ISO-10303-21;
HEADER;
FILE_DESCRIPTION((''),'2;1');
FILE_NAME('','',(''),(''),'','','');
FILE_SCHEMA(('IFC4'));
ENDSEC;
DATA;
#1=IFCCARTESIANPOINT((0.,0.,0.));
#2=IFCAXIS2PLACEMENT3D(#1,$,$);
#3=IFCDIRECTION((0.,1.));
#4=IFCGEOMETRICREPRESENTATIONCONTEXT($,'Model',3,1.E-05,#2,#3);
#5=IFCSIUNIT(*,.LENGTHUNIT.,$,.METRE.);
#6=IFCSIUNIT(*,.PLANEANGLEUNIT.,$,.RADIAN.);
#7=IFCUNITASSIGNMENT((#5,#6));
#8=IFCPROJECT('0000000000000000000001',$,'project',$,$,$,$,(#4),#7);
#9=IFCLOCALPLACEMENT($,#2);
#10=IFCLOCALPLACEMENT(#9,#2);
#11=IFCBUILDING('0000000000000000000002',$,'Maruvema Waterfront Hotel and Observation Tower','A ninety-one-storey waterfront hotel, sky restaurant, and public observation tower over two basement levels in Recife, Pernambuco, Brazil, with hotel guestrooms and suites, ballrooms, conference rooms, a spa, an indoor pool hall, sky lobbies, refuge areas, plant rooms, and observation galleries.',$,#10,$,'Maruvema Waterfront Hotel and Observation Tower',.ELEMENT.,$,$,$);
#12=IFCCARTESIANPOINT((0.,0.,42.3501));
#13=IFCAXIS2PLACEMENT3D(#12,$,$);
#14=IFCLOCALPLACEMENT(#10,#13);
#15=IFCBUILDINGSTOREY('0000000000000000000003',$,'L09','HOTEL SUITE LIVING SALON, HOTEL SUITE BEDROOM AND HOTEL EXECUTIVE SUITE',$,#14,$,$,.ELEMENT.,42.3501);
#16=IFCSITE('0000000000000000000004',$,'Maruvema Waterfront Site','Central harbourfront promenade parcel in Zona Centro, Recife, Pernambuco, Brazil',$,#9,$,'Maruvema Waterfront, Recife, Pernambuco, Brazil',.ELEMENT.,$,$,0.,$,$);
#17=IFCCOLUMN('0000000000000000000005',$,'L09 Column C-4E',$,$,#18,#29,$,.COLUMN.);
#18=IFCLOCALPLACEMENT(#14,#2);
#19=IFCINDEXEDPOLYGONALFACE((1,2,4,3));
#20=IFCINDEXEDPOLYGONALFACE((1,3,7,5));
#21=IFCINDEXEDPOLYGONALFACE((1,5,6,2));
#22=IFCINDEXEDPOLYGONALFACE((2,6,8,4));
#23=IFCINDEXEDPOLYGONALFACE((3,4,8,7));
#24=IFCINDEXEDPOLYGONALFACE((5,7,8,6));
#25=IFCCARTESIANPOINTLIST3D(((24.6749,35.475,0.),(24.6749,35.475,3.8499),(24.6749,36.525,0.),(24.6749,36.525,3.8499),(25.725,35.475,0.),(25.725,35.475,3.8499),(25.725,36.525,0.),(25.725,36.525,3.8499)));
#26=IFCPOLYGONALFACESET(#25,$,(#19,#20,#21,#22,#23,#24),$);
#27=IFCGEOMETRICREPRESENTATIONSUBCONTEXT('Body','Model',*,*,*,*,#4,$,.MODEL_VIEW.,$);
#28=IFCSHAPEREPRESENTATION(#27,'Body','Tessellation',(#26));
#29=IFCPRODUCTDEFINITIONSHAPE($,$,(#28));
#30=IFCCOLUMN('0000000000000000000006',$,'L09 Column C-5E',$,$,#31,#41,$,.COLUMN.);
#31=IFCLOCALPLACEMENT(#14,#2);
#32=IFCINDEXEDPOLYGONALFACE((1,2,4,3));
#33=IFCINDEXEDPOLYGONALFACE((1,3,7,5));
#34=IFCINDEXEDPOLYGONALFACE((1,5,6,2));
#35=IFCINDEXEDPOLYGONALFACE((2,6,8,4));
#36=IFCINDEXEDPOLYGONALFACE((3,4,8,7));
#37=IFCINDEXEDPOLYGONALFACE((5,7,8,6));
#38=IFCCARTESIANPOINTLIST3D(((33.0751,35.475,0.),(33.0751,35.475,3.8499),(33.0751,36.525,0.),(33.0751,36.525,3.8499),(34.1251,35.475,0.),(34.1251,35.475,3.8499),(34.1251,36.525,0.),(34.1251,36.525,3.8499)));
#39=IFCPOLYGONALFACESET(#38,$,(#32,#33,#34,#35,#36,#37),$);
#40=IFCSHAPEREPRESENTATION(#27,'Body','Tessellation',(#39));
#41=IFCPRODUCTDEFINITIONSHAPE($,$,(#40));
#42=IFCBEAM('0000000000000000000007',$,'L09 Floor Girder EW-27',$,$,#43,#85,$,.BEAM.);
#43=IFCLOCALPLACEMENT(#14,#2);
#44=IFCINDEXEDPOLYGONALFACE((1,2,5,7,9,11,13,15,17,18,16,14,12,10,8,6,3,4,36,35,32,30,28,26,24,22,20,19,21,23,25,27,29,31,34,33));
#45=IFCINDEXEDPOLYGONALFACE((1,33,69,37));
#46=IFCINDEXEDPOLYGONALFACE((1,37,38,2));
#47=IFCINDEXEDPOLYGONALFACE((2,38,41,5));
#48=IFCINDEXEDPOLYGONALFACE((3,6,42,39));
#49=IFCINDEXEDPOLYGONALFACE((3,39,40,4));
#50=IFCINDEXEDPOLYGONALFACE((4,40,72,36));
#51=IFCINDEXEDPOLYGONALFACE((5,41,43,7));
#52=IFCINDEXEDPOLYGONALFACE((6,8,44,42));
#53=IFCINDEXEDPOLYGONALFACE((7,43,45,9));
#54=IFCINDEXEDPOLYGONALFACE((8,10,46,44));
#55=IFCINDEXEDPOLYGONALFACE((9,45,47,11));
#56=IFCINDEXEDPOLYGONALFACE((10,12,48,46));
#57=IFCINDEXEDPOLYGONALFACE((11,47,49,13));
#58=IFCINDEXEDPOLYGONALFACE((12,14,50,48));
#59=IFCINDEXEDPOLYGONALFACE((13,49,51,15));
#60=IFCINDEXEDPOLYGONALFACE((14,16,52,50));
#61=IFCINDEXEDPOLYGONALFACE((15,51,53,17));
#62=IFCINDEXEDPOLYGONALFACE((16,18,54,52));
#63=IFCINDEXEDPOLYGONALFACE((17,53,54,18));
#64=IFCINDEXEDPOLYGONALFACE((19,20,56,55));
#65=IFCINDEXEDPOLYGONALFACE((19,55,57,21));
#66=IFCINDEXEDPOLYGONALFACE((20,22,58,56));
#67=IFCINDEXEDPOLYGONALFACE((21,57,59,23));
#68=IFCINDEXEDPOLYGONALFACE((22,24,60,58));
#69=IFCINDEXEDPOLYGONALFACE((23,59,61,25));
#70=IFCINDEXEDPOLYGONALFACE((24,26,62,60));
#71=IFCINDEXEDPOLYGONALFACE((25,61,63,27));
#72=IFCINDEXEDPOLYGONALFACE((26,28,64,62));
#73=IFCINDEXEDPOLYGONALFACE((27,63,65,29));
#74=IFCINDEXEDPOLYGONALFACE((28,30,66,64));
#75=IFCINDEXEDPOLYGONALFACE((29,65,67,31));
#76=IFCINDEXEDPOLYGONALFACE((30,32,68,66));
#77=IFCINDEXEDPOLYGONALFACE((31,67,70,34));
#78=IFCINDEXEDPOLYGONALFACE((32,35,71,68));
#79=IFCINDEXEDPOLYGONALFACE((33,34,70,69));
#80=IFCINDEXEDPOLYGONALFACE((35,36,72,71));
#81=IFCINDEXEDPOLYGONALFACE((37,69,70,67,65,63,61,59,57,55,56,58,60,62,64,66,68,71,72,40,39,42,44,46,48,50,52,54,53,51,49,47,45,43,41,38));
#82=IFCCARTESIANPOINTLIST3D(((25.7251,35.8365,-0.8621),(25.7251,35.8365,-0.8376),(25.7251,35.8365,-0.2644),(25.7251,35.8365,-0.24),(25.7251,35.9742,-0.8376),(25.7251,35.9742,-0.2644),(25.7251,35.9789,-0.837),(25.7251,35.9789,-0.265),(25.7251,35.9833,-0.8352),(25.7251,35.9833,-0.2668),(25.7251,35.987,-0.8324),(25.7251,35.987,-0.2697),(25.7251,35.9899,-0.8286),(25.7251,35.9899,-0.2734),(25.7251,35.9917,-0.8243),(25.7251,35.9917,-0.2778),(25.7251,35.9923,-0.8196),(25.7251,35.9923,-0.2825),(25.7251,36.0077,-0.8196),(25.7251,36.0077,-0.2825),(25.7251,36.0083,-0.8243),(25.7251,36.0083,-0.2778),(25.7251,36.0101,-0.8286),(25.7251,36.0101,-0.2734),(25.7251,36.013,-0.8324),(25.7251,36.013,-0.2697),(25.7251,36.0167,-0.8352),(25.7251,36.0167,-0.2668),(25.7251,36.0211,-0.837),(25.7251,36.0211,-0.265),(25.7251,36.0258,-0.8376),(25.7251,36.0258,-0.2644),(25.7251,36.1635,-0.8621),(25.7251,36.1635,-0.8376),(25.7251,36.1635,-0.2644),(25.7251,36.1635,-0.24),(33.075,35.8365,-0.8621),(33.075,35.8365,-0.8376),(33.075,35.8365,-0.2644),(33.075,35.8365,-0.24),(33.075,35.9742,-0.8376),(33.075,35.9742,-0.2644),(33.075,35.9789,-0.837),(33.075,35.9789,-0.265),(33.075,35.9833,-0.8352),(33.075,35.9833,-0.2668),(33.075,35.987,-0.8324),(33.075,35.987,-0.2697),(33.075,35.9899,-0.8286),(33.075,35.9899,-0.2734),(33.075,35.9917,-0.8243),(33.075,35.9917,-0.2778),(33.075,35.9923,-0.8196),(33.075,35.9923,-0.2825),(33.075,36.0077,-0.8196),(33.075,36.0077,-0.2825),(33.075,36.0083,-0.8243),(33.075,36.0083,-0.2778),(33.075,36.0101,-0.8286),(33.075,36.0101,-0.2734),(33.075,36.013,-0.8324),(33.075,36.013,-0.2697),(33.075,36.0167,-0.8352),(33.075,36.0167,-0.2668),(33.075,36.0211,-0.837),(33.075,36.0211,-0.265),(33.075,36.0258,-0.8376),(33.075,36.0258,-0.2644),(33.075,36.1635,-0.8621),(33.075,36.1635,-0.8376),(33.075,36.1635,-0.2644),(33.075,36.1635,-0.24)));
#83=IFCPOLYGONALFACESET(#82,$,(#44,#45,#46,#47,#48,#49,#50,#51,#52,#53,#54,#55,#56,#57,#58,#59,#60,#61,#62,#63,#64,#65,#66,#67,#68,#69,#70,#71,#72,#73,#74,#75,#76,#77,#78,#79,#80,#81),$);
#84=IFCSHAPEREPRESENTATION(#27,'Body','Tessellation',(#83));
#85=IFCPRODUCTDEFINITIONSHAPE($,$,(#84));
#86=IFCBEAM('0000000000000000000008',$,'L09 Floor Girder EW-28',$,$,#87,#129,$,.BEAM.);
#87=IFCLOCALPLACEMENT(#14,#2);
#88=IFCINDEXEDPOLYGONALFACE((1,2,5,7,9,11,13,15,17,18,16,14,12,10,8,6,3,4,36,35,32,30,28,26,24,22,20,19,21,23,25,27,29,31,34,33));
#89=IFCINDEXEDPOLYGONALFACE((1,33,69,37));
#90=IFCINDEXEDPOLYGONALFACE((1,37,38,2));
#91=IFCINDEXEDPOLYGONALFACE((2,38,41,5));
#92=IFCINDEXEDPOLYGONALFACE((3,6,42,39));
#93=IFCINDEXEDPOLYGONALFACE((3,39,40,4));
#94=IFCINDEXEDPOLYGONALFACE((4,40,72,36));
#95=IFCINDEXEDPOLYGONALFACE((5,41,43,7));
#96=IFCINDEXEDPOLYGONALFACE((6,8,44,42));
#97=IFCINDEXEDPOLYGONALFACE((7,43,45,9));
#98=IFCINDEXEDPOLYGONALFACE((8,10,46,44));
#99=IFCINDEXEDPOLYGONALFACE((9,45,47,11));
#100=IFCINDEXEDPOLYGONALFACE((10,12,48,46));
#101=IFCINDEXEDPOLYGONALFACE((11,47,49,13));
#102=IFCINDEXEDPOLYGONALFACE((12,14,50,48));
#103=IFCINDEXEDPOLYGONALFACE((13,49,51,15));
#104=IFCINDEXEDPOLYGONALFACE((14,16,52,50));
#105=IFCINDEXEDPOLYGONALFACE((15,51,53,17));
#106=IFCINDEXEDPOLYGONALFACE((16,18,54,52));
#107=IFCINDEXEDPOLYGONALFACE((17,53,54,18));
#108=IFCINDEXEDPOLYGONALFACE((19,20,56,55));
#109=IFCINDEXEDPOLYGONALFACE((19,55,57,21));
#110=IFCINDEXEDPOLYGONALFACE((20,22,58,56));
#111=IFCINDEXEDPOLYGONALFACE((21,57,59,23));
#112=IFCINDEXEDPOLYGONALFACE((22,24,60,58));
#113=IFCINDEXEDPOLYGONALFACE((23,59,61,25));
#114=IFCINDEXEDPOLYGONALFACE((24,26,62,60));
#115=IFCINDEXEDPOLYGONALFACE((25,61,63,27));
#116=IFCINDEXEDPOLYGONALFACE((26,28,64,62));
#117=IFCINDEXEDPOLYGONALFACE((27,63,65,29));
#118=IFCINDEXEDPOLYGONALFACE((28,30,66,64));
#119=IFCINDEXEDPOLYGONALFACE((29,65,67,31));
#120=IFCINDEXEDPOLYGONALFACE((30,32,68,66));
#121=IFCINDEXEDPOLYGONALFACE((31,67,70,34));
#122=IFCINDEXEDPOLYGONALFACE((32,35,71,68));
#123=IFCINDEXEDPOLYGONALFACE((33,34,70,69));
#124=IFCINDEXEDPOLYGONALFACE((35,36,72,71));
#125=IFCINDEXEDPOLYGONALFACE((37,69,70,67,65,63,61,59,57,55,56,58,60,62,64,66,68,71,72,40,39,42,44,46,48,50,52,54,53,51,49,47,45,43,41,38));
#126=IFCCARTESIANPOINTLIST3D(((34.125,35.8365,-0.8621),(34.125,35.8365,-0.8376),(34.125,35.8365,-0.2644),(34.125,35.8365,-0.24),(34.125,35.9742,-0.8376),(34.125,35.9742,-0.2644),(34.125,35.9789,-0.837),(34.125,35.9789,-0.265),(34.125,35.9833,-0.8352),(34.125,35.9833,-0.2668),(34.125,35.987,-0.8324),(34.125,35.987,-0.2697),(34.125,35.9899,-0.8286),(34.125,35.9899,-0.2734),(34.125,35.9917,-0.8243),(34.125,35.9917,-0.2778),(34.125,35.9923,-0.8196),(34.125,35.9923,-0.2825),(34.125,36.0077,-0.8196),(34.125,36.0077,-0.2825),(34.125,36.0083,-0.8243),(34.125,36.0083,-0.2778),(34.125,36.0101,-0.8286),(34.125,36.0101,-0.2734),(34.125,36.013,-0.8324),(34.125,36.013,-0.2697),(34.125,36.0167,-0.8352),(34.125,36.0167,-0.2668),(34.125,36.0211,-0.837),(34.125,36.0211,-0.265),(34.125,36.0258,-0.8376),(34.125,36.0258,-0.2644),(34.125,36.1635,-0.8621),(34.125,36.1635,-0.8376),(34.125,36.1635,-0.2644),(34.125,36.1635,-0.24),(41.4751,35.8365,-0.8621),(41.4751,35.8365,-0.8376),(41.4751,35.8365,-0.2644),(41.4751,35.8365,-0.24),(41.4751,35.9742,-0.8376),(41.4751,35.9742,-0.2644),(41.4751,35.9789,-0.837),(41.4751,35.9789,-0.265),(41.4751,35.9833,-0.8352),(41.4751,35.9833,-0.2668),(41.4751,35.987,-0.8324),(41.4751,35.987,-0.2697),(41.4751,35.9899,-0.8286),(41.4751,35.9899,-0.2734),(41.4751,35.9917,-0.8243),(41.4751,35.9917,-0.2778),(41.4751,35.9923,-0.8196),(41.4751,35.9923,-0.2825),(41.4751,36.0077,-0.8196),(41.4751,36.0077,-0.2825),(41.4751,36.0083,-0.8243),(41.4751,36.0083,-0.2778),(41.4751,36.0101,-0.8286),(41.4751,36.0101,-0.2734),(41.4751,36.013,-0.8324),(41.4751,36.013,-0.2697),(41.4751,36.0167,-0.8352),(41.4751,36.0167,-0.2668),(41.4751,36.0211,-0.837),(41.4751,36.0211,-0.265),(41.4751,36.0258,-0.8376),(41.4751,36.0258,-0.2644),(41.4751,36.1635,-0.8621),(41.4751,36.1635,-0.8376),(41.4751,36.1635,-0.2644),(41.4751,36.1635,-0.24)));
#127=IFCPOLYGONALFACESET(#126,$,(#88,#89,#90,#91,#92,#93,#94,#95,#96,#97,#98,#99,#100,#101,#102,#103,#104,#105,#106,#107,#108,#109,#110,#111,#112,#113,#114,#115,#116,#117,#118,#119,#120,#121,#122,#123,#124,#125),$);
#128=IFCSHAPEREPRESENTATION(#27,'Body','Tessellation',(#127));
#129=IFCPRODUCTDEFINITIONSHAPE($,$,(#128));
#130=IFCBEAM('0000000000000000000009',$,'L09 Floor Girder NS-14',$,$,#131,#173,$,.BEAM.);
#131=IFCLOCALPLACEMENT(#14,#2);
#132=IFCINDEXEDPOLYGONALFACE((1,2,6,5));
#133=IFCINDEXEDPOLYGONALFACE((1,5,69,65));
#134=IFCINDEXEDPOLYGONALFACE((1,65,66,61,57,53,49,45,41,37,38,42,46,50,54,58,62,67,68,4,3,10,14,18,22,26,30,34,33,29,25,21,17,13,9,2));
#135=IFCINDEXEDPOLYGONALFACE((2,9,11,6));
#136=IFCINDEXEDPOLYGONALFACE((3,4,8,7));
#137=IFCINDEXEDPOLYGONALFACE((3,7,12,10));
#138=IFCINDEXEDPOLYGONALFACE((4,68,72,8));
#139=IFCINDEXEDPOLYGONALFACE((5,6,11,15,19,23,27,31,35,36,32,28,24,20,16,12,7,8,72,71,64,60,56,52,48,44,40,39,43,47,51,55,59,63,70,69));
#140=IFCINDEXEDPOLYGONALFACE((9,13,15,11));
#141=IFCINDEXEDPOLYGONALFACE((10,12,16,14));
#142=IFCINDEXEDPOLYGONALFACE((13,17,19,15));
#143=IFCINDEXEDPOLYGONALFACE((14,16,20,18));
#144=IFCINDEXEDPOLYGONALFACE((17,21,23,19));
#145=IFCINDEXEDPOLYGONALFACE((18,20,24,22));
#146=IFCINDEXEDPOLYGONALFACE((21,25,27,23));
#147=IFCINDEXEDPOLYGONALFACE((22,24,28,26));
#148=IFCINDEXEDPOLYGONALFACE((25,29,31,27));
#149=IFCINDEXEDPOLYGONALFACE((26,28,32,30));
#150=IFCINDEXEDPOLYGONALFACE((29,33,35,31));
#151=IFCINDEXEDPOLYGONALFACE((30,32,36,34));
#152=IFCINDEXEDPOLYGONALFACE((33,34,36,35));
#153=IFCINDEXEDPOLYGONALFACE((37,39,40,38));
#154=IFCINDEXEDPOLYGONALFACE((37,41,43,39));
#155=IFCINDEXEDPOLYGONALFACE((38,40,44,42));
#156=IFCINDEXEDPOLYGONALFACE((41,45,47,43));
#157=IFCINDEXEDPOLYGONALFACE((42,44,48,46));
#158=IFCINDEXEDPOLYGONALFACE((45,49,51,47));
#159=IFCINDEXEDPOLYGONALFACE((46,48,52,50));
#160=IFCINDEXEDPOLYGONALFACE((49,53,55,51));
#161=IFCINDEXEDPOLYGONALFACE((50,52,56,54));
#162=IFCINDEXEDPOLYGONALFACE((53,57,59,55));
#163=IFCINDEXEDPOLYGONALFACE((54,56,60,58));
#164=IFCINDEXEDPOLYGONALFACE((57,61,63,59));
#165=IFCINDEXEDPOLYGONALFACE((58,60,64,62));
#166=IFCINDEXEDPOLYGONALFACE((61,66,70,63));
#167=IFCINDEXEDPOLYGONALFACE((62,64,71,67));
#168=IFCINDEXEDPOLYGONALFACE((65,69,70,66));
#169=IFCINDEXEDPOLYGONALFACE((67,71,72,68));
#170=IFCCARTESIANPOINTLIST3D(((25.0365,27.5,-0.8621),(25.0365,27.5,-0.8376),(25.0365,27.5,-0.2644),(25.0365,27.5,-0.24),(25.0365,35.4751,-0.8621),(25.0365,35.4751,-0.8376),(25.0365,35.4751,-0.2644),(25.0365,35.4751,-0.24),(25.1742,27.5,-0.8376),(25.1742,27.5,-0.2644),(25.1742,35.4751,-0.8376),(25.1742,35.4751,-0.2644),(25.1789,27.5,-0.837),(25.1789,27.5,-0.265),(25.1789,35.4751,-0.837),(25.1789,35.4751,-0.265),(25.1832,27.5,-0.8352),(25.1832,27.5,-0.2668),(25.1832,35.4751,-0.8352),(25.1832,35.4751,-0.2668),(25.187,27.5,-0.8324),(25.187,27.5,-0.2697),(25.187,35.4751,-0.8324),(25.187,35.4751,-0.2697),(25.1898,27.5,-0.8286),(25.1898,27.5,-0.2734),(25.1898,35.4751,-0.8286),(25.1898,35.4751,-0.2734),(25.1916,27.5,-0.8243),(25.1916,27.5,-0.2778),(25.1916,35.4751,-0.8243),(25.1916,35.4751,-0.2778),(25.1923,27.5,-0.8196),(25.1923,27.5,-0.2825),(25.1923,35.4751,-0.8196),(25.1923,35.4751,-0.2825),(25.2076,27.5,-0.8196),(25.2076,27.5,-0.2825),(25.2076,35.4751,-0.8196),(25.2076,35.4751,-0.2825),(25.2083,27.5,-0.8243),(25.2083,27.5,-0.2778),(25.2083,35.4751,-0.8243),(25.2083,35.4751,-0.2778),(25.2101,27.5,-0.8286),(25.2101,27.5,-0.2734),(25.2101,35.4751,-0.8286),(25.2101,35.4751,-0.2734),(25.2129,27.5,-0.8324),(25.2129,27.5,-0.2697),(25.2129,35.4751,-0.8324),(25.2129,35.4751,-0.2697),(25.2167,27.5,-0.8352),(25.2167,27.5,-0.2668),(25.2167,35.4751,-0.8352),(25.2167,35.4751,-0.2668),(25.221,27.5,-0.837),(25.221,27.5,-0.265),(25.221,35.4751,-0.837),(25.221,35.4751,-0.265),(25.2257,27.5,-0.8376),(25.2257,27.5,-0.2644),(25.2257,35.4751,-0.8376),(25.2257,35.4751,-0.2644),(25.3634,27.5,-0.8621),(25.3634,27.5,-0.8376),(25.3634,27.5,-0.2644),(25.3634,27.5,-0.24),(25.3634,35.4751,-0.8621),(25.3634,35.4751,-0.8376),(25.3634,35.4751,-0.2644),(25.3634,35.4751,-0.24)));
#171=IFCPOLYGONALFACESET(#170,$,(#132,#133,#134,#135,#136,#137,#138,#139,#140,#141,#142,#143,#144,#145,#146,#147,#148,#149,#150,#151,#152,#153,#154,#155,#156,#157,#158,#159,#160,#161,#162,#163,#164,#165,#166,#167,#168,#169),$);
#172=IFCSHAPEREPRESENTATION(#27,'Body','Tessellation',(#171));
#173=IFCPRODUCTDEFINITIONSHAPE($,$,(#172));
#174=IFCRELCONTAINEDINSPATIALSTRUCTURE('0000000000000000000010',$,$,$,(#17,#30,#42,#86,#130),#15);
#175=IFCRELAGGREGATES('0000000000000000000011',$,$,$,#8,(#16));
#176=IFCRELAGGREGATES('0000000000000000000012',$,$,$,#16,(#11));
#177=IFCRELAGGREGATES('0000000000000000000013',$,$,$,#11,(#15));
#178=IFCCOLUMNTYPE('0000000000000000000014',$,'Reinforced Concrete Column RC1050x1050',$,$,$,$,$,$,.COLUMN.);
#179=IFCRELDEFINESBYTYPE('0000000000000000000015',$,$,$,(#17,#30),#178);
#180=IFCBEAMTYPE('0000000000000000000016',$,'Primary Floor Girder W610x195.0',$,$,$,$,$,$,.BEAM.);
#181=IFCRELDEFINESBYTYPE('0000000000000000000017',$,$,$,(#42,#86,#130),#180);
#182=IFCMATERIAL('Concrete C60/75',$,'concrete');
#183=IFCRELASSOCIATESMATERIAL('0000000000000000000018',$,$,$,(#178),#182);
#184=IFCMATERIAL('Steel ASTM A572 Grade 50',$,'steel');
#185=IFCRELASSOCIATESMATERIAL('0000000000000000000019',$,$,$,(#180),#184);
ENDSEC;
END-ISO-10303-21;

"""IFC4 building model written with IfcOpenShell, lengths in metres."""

from ifc_helpers import new_model, si_unit, direction, frame, origin, origin_2d, place, context, subcontext, project, spatial, rectangle, i_section, extrude, material, material_profile, profile_set, type_object, element, save


model = new_model("IFC4")

# Units and contexts
model_context = context("Model", 3, precision=1e-05, world=origin(), true_north=direction((0.0, 1.0)))
body_context = subcontext(model_context, "Body", "Model", "MODEL_VIEW")
ifc_project = project(units=[si_unit("LENGTHUNIT", "METRE"), si_unit("PLANEANGLEUNIT", "RADIAN")], contexts=[model_context])

# Site, building, storey
site_placement = place(None, origin())
site = spatial("IfcSite", under=ifc_project, at=site_placement, Name="Maruvema Waterfront Site", Description="Central harbourfront promenade parcel in Zona Centro, Recife, Pernambuco, Brazil", LongName="Maruvema Waterfront, Recife, Pernambuco, Brazil", CompositionType="ELEMENT", RefElevation=0.0)
building_placement = place(site_placement, origin())
building = spatial("IfcBuilding", under=site, at=building_placement, Name="Maruvema Waterfront Hotel and Observation Tower", Description="A ninety-one-storey waterfront hotel, sky restaurant, and public observation tower over two basement levels in Recife, Pernambuco, Brazil, with hotel guestrooms and suites, ballrooms, conference rooms, a spa, an indoor pool hall, sky lobbies, refuge areas, plant rooms, and observation galleries.", LongName="Maruvema Waterfront Hotel and Observation Tower", CompositionType="ELEMENT")
storey_placement = place(building_placement, frame((0.0, 0.0, 42.3501)))
storey = spatial("IfcBuildingStorey", under=building, at=storey_placement, Name="L09", Description="HOTEL SUITE LIVING SALON, HOTEL SUITE BEDROOM AND HOTEL EXECUTIVE SUITE", CompositionType="ELEMENT", Elevation=42.3501)

# Columns
ifc_material_1 = material(Name="Concrete C60/75", Category="concrete")
ifc_material_profile_1 = material_profile(ifc_material_1, rectangle(XDim=1.05, YDim=1.05, at=origin_2d()), Name="RC1050x1050")
ifc_profile_set_1 = profile_set([ifc_material_profile_1], Name="Concrete C60/75")
column_type = type_object("IfcColumnType", Name="Reinforced Concrete Column RC1050x1050", PredefinedType="COLUMN", material=ifc_profile_set_1)
for number, where, z_axis, x_axis, name in (
    (1, (25.2, 36.0, 0.0), (0.0, 0.0, 1.0), (1.0, 0.0, 0.0), "L09 Column C-4E"),
    (2, (33.6001, 36.0, 0.0), (0.0, 0.0, 1.0), (1.0, 0.0, 0.0), "L09 Column C-5E"),
):
    element("IfcColumn", number, at=place(storey_placement, frame(where, z_axis=z_axis, x_axis=x_axis)), inside=storey, type_object=column_type, Name=name, PredefinedType="COLUMN", context=body_context, shape_type="SweptSolid", body=[
        extrude(rectangle(XDim=1.05, YDim=1.05, at=origin_2d()), origin(), (0.0, 0.0, 1.0), 3.8499),
    ])

# Beams
ifc_material_2 = material(Name="Steel ASTM A572 Grade 50", Category="steel")
ifc_material_profile_2 = material_profile(ifc_material_2, i_section(OverallWidth=0.3269, OverallDepth=0.6221, WebThickness=0.0154, FlangeThickness=0.0244, FilletRadius=0.0181, at=origin_2d()), Name="W610x195.0")
ifc_profile_set_2 = profile_set([ifc_material_profile_2], Name="Steel ASTM A572 Grade 50")
beam_type_1 = type_object("IfcBeamType", Name="Primary Floor Girder W610x195.0", PredefinedType="BEAM", material=ifc_profile_set_2)
beam_1_placement = place(storey_placement, frame((25.7251, 36.0, -0.551), z_axis=(1.0, 0.0, 0.0), x_axis=(0.0, 1.0, 0.0)))
element("IfcBeam", 3, at=beam_1_placement, inside=storey, type_object=beam_type_1, Name="L09 Floor Girder EW-27", PredefinedType="BEAM", context=body_context, shape_type="SweptSolid", body=[
    extrude(i_section(OverallWidth=0.3269, OverallDepth=0.6221, WebThickness=0.0154, FlangeThickness=0.0244, FilletRadius=0.0181, at=origin_2d()), origin(), (0.0, 0.0, 1.0), 7.3499),
])
beam_2_placement = place(storey_placement, frame((34.125, 36.0, -0.551), z_axis=(1.0, 0.0, 0.0), x_axis=(0.0, 1.0, 0.0)))
element("IfcBeam", 4, at=beam_2_placement, inside=storey, type_object=beam_type_1, Name="L09 Floor Girder EW-28", PredefinedType="BEAM", context=body_context, shape_type="SweptSolid", body=[
    extrude(i_section(OverallWidth=0.3269, OverallDepth=0.6221, WebThickness=0.0154, FlangeThickness=0.0244, FilletRadius=0.0181, at=origin_2d()), origin(), (0.0, 0.0, 1.0), 7.3501),
])
for number, where, z_axis, x_axis, name in (
    (5, (25.2, 27.5, -0.551), (0.0, 1.0, 0.0), (-1.0, 0.0, 0.0), "L09 Floor Girder NS-14"),
):
    element("IfcBeam", number, at=place(storey_placement, frame(where, z_axis=z_axis, x_axis=x_axis)), inside=storey, type_object=beam_type_1, Name=name, PredefinedType="BEAM", context=body_context, shape_type="SweptSolid", body=[
        extrude(i_section(OverallWidth=0.3269, OverallDepth=0.6221, WebThickness=0.0154, FlangeThickness=0.0244, FilletRadius=0.0181, at=origin_2d()), origin(), (0.0, 0.0, 1.0), 7.9751),
    ])

save(model, "model.ifc")
